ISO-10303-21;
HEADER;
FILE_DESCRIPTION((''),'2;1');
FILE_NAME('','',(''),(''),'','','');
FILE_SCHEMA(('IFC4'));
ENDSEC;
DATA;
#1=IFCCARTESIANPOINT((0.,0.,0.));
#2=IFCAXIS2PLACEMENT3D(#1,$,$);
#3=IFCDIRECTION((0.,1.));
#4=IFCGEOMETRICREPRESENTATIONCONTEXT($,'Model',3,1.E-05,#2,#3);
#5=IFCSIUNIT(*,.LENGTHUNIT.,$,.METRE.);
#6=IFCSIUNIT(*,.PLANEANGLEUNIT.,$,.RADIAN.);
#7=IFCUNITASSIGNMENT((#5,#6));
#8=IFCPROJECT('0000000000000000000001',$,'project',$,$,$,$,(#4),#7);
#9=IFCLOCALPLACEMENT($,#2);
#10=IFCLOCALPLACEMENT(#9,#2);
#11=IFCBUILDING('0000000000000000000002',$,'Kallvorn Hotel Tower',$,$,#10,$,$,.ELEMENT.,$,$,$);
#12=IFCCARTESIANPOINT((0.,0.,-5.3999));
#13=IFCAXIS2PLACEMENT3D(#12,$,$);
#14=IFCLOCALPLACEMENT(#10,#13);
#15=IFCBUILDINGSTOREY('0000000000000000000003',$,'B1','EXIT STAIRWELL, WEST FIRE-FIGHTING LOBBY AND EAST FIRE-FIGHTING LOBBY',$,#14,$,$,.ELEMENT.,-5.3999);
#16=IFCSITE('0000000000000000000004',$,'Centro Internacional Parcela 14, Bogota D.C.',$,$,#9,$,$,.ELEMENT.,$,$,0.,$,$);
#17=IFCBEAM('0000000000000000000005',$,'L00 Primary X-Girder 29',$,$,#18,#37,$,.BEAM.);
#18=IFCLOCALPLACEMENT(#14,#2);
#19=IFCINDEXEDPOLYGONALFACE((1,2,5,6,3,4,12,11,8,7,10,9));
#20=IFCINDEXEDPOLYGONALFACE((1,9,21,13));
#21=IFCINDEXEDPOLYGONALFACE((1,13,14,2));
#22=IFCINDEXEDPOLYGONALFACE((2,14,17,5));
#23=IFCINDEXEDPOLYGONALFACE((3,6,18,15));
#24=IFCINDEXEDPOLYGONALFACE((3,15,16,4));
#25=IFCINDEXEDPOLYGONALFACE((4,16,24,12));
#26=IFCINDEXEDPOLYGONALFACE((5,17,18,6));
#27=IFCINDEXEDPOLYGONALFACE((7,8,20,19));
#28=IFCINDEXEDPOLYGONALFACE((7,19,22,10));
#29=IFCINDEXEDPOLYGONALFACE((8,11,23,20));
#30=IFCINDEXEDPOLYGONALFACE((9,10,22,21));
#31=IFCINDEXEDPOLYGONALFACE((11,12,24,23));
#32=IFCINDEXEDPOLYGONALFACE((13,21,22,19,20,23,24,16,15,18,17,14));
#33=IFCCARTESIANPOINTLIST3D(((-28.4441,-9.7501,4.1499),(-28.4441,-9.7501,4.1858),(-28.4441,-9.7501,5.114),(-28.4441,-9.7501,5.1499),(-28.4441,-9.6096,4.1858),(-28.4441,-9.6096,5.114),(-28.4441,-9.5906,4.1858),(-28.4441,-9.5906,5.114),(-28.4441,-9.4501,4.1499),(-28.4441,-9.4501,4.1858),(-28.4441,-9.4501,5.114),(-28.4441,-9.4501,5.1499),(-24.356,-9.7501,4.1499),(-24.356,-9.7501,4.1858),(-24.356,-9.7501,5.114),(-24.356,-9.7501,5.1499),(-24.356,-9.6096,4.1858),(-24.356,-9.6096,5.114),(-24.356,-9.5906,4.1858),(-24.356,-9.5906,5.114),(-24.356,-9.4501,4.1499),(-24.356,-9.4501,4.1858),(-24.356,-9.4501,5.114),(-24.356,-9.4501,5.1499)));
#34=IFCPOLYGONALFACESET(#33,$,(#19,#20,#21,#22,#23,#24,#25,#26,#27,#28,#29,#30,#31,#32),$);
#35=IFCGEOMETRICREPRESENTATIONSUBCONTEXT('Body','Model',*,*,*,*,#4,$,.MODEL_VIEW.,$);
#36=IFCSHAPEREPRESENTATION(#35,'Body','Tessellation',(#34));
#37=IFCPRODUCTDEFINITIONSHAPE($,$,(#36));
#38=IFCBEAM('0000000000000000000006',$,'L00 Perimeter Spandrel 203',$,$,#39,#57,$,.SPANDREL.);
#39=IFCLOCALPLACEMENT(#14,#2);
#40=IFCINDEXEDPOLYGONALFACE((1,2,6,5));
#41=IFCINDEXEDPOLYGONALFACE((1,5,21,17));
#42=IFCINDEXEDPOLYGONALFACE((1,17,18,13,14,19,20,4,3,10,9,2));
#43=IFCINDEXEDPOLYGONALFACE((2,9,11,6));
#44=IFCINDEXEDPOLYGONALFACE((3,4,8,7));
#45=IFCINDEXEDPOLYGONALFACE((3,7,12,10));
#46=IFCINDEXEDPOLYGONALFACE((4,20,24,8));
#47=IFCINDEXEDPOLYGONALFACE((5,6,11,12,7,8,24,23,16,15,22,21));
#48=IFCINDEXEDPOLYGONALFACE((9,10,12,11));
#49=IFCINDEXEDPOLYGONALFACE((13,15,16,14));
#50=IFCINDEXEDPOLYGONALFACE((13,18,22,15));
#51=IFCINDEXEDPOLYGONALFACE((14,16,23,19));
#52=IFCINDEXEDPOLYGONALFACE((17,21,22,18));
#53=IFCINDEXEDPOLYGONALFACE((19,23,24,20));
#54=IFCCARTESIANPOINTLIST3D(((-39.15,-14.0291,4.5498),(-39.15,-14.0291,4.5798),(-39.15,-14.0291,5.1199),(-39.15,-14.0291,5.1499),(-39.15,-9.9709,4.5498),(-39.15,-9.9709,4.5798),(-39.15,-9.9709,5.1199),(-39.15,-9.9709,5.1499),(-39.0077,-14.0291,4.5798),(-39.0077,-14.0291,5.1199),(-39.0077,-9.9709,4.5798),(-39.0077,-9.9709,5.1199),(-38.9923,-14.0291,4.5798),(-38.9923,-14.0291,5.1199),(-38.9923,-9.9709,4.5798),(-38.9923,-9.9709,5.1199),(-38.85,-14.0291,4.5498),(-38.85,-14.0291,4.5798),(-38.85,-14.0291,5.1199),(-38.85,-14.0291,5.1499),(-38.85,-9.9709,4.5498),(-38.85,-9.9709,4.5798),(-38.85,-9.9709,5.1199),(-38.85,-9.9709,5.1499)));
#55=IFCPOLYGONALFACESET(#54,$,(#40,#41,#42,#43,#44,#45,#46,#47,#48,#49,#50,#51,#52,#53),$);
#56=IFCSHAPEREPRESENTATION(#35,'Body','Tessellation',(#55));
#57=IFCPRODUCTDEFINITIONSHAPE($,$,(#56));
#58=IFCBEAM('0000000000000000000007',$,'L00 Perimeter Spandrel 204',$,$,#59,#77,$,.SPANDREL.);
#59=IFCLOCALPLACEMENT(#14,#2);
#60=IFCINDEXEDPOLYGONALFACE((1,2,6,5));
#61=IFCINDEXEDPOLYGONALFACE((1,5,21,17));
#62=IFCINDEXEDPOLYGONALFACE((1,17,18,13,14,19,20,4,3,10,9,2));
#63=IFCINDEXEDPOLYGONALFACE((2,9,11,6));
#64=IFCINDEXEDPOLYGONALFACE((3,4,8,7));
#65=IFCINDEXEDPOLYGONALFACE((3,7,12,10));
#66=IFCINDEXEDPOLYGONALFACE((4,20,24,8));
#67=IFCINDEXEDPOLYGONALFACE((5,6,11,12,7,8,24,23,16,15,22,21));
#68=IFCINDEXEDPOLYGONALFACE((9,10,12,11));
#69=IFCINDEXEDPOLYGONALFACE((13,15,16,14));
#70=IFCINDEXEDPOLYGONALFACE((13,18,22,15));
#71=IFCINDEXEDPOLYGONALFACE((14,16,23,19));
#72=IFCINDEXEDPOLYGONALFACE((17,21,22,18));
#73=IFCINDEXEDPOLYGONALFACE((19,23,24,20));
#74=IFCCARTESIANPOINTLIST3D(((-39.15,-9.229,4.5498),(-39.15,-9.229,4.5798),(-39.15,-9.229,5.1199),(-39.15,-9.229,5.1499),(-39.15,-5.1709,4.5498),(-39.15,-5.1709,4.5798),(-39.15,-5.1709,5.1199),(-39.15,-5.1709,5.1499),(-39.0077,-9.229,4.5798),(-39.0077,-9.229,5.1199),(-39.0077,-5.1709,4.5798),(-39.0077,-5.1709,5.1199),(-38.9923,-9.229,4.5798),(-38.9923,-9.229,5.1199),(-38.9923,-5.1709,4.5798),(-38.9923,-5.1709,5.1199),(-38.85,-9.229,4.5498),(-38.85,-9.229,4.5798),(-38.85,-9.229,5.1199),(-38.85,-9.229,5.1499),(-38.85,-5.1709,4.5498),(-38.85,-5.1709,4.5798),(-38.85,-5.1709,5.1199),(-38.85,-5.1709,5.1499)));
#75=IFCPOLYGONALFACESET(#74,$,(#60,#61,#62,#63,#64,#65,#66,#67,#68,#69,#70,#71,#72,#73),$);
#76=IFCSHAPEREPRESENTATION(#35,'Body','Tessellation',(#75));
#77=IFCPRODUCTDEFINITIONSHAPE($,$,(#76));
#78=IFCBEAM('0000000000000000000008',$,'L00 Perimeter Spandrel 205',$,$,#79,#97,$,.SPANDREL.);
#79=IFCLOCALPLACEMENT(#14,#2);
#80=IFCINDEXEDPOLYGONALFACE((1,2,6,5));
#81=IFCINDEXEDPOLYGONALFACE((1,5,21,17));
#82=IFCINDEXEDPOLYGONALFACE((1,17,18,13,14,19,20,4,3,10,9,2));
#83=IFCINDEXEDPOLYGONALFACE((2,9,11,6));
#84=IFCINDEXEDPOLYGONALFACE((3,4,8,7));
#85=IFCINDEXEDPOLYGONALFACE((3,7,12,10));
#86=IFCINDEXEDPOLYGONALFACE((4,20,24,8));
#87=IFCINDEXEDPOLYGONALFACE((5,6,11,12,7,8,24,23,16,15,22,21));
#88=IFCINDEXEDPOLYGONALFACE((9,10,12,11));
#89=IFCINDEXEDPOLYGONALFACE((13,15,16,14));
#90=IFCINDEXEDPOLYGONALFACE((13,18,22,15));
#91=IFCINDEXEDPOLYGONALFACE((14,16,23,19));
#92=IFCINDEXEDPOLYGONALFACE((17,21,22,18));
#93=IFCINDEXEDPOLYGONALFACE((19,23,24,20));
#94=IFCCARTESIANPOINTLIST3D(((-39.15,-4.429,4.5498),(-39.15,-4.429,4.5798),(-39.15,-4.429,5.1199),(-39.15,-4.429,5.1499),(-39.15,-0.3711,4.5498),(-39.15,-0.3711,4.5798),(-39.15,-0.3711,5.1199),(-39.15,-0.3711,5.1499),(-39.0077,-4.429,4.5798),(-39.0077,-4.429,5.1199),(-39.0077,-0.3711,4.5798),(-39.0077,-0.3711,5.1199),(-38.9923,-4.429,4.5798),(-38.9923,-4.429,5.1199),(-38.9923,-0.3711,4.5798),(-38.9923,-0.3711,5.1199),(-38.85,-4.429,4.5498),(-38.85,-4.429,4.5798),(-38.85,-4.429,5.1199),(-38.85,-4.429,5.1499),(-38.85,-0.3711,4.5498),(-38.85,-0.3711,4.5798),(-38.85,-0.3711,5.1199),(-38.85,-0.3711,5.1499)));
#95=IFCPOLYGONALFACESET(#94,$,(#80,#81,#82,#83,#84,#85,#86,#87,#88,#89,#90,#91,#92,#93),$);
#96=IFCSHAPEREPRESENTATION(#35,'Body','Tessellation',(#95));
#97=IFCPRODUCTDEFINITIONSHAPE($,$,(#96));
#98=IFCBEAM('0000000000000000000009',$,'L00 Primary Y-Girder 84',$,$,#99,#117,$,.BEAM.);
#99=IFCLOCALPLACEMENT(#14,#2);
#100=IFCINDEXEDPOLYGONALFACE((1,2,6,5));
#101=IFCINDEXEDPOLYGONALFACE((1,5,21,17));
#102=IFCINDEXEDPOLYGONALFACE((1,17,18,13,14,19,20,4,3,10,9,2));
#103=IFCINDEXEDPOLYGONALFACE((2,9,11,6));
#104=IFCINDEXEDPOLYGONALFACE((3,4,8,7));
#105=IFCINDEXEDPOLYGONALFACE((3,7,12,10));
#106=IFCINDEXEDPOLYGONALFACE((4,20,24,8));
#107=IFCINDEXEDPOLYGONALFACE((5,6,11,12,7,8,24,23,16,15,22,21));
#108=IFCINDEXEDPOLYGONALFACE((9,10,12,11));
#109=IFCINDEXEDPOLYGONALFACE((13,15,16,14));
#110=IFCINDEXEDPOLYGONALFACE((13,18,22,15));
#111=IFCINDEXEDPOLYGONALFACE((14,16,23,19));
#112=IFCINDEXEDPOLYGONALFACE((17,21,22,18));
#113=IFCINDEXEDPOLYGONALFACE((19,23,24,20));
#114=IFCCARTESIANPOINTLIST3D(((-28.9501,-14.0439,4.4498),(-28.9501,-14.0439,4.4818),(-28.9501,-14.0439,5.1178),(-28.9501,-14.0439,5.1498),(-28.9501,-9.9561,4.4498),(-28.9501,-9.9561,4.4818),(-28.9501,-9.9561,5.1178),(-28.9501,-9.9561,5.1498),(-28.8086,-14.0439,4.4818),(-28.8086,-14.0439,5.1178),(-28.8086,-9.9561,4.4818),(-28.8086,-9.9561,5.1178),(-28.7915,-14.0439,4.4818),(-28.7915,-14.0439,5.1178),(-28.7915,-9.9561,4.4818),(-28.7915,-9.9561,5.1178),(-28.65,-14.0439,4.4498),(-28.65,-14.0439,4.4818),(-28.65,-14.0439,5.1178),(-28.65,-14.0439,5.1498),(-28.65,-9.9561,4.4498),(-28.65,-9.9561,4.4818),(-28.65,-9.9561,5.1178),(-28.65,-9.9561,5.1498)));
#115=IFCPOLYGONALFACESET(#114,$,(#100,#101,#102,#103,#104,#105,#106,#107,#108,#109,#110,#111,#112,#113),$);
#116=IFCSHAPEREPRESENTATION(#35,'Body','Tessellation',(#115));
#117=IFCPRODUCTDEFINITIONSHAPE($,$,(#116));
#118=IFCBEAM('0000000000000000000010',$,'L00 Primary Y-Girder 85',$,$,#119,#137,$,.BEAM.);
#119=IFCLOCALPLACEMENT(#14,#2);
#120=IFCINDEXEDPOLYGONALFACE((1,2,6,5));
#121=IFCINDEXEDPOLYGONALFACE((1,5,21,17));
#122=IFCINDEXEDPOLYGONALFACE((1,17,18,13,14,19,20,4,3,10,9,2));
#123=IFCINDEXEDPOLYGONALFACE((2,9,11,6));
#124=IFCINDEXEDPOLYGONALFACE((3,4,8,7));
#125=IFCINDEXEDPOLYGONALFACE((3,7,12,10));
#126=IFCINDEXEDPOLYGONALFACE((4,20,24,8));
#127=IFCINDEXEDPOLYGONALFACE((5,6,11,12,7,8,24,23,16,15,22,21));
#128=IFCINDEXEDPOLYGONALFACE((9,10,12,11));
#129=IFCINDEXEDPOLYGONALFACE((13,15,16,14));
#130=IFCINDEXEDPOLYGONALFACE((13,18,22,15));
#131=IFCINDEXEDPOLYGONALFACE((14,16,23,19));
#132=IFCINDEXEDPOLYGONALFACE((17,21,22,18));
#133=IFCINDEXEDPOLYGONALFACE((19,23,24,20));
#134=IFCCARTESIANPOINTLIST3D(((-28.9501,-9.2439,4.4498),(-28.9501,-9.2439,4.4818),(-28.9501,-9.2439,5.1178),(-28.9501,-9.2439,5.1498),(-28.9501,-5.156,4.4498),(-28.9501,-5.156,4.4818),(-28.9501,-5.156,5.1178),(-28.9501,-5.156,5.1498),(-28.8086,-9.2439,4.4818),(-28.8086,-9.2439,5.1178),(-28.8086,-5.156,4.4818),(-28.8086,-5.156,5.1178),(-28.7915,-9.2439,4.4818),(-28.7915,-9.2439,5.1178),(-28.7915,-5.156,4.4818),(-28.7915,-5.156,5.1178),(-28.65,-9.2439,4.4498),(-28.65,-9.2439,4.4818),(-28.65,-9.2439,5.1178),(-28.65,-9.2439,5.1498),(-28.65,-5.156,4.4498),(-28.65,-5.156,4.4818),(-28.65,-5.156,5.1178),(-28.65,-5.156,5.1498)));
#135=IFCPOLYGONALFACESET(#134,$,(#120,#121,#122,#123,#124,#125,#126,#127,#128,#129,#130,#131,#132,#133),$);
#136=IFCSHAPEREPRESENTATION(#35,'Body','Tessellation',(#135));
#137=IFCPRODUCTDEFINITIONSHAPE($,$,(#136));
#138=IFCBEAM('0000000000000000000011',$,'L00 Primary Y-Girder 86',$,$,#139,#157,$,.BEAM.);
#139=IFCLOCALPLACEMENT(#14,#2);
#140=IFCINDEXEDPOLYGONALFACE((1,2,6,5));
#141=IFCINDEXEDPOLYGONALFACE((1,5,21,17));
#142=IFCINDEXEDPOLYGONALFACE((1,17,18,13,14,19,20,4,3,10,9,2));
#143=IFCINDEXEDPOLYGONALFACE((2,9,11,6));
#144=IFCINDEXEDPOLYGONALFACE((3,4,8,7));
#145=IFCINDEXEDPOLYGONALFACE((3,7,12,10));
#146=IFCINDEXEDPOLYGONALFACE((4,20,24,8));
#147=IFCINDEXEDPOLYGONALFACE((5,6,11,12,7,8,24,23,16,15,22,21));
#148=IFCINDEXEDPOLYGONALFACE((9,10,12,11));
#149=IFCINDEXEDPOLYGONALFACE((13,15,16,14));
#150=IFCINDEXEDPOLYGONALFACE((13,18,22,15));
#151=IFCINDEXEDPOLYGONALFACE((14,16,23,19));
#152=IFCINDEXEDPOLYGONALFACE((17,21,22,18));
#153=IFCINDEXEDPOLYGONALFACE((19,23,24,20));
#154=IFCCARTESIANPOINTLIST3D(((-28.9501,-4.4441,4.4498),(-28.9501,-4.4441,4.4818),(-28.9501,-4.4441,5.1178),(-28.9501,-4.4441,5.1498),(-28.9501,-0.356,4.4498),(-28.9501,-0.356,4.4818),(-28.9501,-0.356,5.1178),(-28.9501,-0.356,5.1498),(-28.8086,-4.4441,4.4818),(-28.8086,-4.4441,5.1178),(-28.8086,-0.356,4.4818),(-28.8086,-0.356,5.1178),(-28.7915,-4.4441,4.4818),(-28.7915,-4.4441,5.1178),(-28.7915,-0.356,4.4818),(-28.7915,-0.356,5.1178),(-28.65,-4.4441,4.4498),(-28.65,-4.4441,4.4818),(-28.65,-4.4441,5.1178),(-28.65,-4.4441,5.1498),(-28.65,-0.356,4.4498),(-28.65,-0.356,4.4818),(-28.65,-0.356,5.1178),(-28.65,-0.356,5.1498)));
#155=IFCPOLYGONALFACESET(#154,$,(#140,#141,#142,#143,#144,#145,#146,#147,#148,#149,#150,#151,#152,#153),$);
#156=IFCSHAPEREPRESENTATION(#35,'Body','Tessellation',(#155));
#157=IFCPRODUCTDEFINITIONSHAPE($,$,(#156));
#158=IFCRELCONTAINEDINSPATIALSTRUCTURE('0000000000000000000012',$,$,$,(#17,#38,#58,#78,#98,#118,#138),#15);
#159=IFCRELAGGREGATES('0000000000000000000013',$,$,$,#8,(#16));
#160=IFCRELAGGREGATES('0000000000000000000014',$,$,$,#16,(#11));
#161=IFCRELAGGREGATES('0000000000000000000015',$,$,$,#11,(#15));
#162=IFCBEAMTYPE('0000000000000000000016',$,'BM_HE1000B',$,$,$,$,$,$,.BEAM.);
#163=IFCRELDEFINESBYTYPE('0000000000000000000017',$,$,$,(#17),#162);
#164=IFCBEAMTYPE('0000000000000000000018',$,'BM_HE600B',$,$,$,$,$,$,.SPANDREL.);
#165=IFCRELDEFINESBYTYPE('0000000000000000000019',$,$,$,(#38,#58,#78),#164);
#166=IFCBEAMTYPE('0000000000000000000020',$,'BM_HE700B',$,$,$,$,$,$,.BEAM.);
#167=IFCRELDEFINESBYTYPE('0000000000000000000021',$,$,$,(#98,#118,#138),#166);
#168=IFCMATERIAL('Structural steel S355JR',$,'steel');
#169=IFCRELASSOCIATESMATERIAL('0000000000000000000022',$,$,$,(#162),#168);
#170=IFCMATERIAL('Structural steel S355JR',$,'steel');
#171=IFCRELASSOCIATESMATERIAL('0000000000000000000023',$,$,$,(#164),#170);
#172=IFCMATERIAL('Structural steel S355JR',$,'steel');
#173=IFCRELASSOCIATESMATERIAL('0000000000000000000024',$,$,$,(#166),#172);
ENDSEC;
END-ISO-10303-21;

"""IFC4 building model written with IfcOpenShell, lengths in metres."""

from ifc_helpers import new_model, si_unit, direction, frame, origin, origin_2d, place, context, subcontext, project, spatial, i_section, extrude, material, material_profile, profile_set, type_object, element, save


model = new_model("IFC4")

# Units and contexts
model_context = context("Model", 3, precision=1e-05, world=origin(), true_north=direction((0.0, 1.0)))
body_context = subcontext(model_context, "Body", "Model", "MODEL_VIEW")
ifc_project = project(units=[si_unit("LENGTHUNIT", "METRE"), si_unit("PLANEANGLEUNIT", "RADIAN")], contexts=[model_context])

# Site, building, storey
site_placement = place(None, origin())
site = spatial("IfcSite", under=ifc_project, at=site_placement, Name="Centro Internacional Parcela 14, Bogota D.C.", CompositionType="ELEMENT", RefElevation=0.0)
building_placement = place(site_placement, origin())
building = spatial("IfcBuilding", under=site, at=building_placement, Name="Kallvorn Hotel Tower", CompositionType="ELEMENT")
storey_placement = place(building_placement, frame((0.0, 0.0, -5.3999)))
storey = spatial("IfcBuildingStorey", under=building, at=storey_placement, Name="B1", Description="EXIT STAIRWELL, WEST FIRE-FIGHTING LOBBY AND EAST FIRE-FIGHTING LOBBY", CompositionType="ELEMENT", Elevation=-5.3999)

# Beams
ifc_material_1 = material(Name="Structural steel S355JR", Category="steel")
ifc_material_profile_1 = material_profile(ifc_material_1, i_section(OverallWidth=0.3, OverallDepth=1.0, WebThickness=0.019, FlangeThickness=0.0359, at=origin_2d()), Name="HE 1000 B")
ifc_profile_set_1 = profile_set([ifc_material_profile_1], Name="Structural steel S355JR")
beam_type_1 = type_object("IfcBeamType", Name="BM_HE1000B", PredefinedType="BEAM", material=ifc_profile_set_1)
beam_1_placement = place(storey_placement, frame((-28.4441, -9.6001, 4.6499), z_axis=(1.0, 0.0, 0.0), x_axis=(0.0, 1.0, 0.0)))
element("IfcBeam", 1, at=beam_1_placement, inside=storey, type_object=beam_type_1, Name="L00 Primary X-Girder 29", PredefinedType="BEAM", context=body_context, shape_type="SweptSolid", body=[
    extrude(i_section(OverallWidth=0.3, OverallDepth=1.0, WebThickness=0.019, FlangeThickness=0.0359, at=origin_2d()), origin(), (0.0, 0.0, 1.0), 4.0881),
])
ifc_material_2 = material(Name="Structural steel S355JR", Category="steel")
ifc_material_profile_2 = material_profile(ifc_material_2, i_section(OverallWidth=0.3, OverallDepth=0.6001, WebThickness=0.0154, FlangeThickness=0.03, at=origin_2d()), Name="HE 600 B")
ifc_profile_set_2 = profile_set([ifc_material_profile_2], Name="Structural steel S355JR")
beam_type_2 = type_object("IfcBeamType", Name="BM_HE600B", PredefinedType="SPANDREL", material=ifc_profile_set_2)
for number, where, z_axis, x_axis, name in (
    (2, (-39.0, -14.0291, 4.8499), (0.0, 1.0, 0.0), (-1.0, 0.0, 0.0), "L00 Perimeter Spandrel 203"),
    (3, (-39.0, -9.229, 4.8499), (0.0, 1.0, 0.0), (-1.0, 0.0, 0.0), "L00 Perimeter Spandrel 204"),
):
    element("IfcBeam", number, at=place(storey_placement, frame(where, z_axis=z_axis, x_axis=x_axis)), inside=storey, type_object=beam_type_2, Name=name, PredefinedType="SPANDREL", context=body_context, shape_type="SweptSolid", body=[
        extrude(i_section(OverallWidth=0.3, OverallDepth=0.6001, WebThickness=0.0154, FlangeThickness=0.03, at=origin_2d()), origin(), (0.0, 0.0, 1.0), 4.0581),
    ])
beam_2_placement = place(storey_placement, frame((-39.0, -4.429, 4.8499), z_axis=(0.0, 1.0, 0.0), x_axis=(-1.0, 0.0, 0.0)))
element("IfcBeam", 4, at=beam_2_placement, inside=storey, type_object=beam_type_2, Name="L00 Perimeter Spandrel 205", PredefinedType="SPANDREL", context=body_context, shape_type="SweptSolid", body=[
    extrude(i_section(OverallWidth=0.3, OverallDepth=0.6001, WebThickness=0.0154, FlangeThickness=0.03, at=origin_2d()), origin(), (0.0, 0.0, 1.0), 4.0579),
])
ifc_material_3 = material(Name="Structural steel S355JR", Category="steel")
ifc_material_profile_3 = material_profile(ifc_material_3, i_section(OverallWidth=0.3, OverallDepth=0.7, WebThickness=0.0171, FlangeThickness=0.032, at=origin_2d()), Name="HE 700 B")
ifc_profile_set_3 = profile_set([ifc_material_profile_3], Name="Structural steel S355JR")
beam_type_3 = type_object("IfcBeamType", Name="BM_HE700B", PredefinedType="BEAM", material=ifc_profile_set_3)
for number, where, z_axis, x_axis, name in (
    (5, (-28.8, -14.0439, 4.7998), (0.0, 1.0, 0.0), (-1.0, 0.0, 0.0), "L00 Primary Y-Girder 84"),
    (6, (-28.8, -9.2439, 4.7998), (0.0, 1.0, 0.0), (-1.0, 0.0, 0.0), "L00 Primary Y-Girder 85"),
):
    element("IfcBeam", number, at=place(storey_placement, frame(where, z_axis=z_axis, x_axis=x_axis)), inside=storey, type_object=beam_type_3, Name=name, PredefinedType="BEAM", context=body_context, shape_type="SweptSolid", body=[
        extrude(i_section(OverallWidth=0.3, OverallDepth=0.7, WebThickness=0.0171, FlangeThickness=0.032, at=origin_2d()), origin(), (0.0, 0.0, 1.0), 4.0879),
    ])
beam_3_placement = place(storey_placement, frame((-28.8, -4.4441, 4.7998), z_axis=(0.0, 1.0, 0.0), x_axis=(-1.0, 0.0, 0.0)))
element("IfcBeam", 7, at=beam_3_placement, inside=storey, type_object=beam_type_3, Name="L00 Primary Y-Girder 86", PredefinedType="BEAM", context=body_context, shape_type="SweptSolid", body=[
    extrude(i_section(OverallWidth=0.3, OverallDepth=0.7, WebThickness=0.0171, FlangeThickness=0.032, at=origin_2d()), origin(), (0.0, 0.0, 1.0), 4.0881),
])

save(model, "model.ifc")
